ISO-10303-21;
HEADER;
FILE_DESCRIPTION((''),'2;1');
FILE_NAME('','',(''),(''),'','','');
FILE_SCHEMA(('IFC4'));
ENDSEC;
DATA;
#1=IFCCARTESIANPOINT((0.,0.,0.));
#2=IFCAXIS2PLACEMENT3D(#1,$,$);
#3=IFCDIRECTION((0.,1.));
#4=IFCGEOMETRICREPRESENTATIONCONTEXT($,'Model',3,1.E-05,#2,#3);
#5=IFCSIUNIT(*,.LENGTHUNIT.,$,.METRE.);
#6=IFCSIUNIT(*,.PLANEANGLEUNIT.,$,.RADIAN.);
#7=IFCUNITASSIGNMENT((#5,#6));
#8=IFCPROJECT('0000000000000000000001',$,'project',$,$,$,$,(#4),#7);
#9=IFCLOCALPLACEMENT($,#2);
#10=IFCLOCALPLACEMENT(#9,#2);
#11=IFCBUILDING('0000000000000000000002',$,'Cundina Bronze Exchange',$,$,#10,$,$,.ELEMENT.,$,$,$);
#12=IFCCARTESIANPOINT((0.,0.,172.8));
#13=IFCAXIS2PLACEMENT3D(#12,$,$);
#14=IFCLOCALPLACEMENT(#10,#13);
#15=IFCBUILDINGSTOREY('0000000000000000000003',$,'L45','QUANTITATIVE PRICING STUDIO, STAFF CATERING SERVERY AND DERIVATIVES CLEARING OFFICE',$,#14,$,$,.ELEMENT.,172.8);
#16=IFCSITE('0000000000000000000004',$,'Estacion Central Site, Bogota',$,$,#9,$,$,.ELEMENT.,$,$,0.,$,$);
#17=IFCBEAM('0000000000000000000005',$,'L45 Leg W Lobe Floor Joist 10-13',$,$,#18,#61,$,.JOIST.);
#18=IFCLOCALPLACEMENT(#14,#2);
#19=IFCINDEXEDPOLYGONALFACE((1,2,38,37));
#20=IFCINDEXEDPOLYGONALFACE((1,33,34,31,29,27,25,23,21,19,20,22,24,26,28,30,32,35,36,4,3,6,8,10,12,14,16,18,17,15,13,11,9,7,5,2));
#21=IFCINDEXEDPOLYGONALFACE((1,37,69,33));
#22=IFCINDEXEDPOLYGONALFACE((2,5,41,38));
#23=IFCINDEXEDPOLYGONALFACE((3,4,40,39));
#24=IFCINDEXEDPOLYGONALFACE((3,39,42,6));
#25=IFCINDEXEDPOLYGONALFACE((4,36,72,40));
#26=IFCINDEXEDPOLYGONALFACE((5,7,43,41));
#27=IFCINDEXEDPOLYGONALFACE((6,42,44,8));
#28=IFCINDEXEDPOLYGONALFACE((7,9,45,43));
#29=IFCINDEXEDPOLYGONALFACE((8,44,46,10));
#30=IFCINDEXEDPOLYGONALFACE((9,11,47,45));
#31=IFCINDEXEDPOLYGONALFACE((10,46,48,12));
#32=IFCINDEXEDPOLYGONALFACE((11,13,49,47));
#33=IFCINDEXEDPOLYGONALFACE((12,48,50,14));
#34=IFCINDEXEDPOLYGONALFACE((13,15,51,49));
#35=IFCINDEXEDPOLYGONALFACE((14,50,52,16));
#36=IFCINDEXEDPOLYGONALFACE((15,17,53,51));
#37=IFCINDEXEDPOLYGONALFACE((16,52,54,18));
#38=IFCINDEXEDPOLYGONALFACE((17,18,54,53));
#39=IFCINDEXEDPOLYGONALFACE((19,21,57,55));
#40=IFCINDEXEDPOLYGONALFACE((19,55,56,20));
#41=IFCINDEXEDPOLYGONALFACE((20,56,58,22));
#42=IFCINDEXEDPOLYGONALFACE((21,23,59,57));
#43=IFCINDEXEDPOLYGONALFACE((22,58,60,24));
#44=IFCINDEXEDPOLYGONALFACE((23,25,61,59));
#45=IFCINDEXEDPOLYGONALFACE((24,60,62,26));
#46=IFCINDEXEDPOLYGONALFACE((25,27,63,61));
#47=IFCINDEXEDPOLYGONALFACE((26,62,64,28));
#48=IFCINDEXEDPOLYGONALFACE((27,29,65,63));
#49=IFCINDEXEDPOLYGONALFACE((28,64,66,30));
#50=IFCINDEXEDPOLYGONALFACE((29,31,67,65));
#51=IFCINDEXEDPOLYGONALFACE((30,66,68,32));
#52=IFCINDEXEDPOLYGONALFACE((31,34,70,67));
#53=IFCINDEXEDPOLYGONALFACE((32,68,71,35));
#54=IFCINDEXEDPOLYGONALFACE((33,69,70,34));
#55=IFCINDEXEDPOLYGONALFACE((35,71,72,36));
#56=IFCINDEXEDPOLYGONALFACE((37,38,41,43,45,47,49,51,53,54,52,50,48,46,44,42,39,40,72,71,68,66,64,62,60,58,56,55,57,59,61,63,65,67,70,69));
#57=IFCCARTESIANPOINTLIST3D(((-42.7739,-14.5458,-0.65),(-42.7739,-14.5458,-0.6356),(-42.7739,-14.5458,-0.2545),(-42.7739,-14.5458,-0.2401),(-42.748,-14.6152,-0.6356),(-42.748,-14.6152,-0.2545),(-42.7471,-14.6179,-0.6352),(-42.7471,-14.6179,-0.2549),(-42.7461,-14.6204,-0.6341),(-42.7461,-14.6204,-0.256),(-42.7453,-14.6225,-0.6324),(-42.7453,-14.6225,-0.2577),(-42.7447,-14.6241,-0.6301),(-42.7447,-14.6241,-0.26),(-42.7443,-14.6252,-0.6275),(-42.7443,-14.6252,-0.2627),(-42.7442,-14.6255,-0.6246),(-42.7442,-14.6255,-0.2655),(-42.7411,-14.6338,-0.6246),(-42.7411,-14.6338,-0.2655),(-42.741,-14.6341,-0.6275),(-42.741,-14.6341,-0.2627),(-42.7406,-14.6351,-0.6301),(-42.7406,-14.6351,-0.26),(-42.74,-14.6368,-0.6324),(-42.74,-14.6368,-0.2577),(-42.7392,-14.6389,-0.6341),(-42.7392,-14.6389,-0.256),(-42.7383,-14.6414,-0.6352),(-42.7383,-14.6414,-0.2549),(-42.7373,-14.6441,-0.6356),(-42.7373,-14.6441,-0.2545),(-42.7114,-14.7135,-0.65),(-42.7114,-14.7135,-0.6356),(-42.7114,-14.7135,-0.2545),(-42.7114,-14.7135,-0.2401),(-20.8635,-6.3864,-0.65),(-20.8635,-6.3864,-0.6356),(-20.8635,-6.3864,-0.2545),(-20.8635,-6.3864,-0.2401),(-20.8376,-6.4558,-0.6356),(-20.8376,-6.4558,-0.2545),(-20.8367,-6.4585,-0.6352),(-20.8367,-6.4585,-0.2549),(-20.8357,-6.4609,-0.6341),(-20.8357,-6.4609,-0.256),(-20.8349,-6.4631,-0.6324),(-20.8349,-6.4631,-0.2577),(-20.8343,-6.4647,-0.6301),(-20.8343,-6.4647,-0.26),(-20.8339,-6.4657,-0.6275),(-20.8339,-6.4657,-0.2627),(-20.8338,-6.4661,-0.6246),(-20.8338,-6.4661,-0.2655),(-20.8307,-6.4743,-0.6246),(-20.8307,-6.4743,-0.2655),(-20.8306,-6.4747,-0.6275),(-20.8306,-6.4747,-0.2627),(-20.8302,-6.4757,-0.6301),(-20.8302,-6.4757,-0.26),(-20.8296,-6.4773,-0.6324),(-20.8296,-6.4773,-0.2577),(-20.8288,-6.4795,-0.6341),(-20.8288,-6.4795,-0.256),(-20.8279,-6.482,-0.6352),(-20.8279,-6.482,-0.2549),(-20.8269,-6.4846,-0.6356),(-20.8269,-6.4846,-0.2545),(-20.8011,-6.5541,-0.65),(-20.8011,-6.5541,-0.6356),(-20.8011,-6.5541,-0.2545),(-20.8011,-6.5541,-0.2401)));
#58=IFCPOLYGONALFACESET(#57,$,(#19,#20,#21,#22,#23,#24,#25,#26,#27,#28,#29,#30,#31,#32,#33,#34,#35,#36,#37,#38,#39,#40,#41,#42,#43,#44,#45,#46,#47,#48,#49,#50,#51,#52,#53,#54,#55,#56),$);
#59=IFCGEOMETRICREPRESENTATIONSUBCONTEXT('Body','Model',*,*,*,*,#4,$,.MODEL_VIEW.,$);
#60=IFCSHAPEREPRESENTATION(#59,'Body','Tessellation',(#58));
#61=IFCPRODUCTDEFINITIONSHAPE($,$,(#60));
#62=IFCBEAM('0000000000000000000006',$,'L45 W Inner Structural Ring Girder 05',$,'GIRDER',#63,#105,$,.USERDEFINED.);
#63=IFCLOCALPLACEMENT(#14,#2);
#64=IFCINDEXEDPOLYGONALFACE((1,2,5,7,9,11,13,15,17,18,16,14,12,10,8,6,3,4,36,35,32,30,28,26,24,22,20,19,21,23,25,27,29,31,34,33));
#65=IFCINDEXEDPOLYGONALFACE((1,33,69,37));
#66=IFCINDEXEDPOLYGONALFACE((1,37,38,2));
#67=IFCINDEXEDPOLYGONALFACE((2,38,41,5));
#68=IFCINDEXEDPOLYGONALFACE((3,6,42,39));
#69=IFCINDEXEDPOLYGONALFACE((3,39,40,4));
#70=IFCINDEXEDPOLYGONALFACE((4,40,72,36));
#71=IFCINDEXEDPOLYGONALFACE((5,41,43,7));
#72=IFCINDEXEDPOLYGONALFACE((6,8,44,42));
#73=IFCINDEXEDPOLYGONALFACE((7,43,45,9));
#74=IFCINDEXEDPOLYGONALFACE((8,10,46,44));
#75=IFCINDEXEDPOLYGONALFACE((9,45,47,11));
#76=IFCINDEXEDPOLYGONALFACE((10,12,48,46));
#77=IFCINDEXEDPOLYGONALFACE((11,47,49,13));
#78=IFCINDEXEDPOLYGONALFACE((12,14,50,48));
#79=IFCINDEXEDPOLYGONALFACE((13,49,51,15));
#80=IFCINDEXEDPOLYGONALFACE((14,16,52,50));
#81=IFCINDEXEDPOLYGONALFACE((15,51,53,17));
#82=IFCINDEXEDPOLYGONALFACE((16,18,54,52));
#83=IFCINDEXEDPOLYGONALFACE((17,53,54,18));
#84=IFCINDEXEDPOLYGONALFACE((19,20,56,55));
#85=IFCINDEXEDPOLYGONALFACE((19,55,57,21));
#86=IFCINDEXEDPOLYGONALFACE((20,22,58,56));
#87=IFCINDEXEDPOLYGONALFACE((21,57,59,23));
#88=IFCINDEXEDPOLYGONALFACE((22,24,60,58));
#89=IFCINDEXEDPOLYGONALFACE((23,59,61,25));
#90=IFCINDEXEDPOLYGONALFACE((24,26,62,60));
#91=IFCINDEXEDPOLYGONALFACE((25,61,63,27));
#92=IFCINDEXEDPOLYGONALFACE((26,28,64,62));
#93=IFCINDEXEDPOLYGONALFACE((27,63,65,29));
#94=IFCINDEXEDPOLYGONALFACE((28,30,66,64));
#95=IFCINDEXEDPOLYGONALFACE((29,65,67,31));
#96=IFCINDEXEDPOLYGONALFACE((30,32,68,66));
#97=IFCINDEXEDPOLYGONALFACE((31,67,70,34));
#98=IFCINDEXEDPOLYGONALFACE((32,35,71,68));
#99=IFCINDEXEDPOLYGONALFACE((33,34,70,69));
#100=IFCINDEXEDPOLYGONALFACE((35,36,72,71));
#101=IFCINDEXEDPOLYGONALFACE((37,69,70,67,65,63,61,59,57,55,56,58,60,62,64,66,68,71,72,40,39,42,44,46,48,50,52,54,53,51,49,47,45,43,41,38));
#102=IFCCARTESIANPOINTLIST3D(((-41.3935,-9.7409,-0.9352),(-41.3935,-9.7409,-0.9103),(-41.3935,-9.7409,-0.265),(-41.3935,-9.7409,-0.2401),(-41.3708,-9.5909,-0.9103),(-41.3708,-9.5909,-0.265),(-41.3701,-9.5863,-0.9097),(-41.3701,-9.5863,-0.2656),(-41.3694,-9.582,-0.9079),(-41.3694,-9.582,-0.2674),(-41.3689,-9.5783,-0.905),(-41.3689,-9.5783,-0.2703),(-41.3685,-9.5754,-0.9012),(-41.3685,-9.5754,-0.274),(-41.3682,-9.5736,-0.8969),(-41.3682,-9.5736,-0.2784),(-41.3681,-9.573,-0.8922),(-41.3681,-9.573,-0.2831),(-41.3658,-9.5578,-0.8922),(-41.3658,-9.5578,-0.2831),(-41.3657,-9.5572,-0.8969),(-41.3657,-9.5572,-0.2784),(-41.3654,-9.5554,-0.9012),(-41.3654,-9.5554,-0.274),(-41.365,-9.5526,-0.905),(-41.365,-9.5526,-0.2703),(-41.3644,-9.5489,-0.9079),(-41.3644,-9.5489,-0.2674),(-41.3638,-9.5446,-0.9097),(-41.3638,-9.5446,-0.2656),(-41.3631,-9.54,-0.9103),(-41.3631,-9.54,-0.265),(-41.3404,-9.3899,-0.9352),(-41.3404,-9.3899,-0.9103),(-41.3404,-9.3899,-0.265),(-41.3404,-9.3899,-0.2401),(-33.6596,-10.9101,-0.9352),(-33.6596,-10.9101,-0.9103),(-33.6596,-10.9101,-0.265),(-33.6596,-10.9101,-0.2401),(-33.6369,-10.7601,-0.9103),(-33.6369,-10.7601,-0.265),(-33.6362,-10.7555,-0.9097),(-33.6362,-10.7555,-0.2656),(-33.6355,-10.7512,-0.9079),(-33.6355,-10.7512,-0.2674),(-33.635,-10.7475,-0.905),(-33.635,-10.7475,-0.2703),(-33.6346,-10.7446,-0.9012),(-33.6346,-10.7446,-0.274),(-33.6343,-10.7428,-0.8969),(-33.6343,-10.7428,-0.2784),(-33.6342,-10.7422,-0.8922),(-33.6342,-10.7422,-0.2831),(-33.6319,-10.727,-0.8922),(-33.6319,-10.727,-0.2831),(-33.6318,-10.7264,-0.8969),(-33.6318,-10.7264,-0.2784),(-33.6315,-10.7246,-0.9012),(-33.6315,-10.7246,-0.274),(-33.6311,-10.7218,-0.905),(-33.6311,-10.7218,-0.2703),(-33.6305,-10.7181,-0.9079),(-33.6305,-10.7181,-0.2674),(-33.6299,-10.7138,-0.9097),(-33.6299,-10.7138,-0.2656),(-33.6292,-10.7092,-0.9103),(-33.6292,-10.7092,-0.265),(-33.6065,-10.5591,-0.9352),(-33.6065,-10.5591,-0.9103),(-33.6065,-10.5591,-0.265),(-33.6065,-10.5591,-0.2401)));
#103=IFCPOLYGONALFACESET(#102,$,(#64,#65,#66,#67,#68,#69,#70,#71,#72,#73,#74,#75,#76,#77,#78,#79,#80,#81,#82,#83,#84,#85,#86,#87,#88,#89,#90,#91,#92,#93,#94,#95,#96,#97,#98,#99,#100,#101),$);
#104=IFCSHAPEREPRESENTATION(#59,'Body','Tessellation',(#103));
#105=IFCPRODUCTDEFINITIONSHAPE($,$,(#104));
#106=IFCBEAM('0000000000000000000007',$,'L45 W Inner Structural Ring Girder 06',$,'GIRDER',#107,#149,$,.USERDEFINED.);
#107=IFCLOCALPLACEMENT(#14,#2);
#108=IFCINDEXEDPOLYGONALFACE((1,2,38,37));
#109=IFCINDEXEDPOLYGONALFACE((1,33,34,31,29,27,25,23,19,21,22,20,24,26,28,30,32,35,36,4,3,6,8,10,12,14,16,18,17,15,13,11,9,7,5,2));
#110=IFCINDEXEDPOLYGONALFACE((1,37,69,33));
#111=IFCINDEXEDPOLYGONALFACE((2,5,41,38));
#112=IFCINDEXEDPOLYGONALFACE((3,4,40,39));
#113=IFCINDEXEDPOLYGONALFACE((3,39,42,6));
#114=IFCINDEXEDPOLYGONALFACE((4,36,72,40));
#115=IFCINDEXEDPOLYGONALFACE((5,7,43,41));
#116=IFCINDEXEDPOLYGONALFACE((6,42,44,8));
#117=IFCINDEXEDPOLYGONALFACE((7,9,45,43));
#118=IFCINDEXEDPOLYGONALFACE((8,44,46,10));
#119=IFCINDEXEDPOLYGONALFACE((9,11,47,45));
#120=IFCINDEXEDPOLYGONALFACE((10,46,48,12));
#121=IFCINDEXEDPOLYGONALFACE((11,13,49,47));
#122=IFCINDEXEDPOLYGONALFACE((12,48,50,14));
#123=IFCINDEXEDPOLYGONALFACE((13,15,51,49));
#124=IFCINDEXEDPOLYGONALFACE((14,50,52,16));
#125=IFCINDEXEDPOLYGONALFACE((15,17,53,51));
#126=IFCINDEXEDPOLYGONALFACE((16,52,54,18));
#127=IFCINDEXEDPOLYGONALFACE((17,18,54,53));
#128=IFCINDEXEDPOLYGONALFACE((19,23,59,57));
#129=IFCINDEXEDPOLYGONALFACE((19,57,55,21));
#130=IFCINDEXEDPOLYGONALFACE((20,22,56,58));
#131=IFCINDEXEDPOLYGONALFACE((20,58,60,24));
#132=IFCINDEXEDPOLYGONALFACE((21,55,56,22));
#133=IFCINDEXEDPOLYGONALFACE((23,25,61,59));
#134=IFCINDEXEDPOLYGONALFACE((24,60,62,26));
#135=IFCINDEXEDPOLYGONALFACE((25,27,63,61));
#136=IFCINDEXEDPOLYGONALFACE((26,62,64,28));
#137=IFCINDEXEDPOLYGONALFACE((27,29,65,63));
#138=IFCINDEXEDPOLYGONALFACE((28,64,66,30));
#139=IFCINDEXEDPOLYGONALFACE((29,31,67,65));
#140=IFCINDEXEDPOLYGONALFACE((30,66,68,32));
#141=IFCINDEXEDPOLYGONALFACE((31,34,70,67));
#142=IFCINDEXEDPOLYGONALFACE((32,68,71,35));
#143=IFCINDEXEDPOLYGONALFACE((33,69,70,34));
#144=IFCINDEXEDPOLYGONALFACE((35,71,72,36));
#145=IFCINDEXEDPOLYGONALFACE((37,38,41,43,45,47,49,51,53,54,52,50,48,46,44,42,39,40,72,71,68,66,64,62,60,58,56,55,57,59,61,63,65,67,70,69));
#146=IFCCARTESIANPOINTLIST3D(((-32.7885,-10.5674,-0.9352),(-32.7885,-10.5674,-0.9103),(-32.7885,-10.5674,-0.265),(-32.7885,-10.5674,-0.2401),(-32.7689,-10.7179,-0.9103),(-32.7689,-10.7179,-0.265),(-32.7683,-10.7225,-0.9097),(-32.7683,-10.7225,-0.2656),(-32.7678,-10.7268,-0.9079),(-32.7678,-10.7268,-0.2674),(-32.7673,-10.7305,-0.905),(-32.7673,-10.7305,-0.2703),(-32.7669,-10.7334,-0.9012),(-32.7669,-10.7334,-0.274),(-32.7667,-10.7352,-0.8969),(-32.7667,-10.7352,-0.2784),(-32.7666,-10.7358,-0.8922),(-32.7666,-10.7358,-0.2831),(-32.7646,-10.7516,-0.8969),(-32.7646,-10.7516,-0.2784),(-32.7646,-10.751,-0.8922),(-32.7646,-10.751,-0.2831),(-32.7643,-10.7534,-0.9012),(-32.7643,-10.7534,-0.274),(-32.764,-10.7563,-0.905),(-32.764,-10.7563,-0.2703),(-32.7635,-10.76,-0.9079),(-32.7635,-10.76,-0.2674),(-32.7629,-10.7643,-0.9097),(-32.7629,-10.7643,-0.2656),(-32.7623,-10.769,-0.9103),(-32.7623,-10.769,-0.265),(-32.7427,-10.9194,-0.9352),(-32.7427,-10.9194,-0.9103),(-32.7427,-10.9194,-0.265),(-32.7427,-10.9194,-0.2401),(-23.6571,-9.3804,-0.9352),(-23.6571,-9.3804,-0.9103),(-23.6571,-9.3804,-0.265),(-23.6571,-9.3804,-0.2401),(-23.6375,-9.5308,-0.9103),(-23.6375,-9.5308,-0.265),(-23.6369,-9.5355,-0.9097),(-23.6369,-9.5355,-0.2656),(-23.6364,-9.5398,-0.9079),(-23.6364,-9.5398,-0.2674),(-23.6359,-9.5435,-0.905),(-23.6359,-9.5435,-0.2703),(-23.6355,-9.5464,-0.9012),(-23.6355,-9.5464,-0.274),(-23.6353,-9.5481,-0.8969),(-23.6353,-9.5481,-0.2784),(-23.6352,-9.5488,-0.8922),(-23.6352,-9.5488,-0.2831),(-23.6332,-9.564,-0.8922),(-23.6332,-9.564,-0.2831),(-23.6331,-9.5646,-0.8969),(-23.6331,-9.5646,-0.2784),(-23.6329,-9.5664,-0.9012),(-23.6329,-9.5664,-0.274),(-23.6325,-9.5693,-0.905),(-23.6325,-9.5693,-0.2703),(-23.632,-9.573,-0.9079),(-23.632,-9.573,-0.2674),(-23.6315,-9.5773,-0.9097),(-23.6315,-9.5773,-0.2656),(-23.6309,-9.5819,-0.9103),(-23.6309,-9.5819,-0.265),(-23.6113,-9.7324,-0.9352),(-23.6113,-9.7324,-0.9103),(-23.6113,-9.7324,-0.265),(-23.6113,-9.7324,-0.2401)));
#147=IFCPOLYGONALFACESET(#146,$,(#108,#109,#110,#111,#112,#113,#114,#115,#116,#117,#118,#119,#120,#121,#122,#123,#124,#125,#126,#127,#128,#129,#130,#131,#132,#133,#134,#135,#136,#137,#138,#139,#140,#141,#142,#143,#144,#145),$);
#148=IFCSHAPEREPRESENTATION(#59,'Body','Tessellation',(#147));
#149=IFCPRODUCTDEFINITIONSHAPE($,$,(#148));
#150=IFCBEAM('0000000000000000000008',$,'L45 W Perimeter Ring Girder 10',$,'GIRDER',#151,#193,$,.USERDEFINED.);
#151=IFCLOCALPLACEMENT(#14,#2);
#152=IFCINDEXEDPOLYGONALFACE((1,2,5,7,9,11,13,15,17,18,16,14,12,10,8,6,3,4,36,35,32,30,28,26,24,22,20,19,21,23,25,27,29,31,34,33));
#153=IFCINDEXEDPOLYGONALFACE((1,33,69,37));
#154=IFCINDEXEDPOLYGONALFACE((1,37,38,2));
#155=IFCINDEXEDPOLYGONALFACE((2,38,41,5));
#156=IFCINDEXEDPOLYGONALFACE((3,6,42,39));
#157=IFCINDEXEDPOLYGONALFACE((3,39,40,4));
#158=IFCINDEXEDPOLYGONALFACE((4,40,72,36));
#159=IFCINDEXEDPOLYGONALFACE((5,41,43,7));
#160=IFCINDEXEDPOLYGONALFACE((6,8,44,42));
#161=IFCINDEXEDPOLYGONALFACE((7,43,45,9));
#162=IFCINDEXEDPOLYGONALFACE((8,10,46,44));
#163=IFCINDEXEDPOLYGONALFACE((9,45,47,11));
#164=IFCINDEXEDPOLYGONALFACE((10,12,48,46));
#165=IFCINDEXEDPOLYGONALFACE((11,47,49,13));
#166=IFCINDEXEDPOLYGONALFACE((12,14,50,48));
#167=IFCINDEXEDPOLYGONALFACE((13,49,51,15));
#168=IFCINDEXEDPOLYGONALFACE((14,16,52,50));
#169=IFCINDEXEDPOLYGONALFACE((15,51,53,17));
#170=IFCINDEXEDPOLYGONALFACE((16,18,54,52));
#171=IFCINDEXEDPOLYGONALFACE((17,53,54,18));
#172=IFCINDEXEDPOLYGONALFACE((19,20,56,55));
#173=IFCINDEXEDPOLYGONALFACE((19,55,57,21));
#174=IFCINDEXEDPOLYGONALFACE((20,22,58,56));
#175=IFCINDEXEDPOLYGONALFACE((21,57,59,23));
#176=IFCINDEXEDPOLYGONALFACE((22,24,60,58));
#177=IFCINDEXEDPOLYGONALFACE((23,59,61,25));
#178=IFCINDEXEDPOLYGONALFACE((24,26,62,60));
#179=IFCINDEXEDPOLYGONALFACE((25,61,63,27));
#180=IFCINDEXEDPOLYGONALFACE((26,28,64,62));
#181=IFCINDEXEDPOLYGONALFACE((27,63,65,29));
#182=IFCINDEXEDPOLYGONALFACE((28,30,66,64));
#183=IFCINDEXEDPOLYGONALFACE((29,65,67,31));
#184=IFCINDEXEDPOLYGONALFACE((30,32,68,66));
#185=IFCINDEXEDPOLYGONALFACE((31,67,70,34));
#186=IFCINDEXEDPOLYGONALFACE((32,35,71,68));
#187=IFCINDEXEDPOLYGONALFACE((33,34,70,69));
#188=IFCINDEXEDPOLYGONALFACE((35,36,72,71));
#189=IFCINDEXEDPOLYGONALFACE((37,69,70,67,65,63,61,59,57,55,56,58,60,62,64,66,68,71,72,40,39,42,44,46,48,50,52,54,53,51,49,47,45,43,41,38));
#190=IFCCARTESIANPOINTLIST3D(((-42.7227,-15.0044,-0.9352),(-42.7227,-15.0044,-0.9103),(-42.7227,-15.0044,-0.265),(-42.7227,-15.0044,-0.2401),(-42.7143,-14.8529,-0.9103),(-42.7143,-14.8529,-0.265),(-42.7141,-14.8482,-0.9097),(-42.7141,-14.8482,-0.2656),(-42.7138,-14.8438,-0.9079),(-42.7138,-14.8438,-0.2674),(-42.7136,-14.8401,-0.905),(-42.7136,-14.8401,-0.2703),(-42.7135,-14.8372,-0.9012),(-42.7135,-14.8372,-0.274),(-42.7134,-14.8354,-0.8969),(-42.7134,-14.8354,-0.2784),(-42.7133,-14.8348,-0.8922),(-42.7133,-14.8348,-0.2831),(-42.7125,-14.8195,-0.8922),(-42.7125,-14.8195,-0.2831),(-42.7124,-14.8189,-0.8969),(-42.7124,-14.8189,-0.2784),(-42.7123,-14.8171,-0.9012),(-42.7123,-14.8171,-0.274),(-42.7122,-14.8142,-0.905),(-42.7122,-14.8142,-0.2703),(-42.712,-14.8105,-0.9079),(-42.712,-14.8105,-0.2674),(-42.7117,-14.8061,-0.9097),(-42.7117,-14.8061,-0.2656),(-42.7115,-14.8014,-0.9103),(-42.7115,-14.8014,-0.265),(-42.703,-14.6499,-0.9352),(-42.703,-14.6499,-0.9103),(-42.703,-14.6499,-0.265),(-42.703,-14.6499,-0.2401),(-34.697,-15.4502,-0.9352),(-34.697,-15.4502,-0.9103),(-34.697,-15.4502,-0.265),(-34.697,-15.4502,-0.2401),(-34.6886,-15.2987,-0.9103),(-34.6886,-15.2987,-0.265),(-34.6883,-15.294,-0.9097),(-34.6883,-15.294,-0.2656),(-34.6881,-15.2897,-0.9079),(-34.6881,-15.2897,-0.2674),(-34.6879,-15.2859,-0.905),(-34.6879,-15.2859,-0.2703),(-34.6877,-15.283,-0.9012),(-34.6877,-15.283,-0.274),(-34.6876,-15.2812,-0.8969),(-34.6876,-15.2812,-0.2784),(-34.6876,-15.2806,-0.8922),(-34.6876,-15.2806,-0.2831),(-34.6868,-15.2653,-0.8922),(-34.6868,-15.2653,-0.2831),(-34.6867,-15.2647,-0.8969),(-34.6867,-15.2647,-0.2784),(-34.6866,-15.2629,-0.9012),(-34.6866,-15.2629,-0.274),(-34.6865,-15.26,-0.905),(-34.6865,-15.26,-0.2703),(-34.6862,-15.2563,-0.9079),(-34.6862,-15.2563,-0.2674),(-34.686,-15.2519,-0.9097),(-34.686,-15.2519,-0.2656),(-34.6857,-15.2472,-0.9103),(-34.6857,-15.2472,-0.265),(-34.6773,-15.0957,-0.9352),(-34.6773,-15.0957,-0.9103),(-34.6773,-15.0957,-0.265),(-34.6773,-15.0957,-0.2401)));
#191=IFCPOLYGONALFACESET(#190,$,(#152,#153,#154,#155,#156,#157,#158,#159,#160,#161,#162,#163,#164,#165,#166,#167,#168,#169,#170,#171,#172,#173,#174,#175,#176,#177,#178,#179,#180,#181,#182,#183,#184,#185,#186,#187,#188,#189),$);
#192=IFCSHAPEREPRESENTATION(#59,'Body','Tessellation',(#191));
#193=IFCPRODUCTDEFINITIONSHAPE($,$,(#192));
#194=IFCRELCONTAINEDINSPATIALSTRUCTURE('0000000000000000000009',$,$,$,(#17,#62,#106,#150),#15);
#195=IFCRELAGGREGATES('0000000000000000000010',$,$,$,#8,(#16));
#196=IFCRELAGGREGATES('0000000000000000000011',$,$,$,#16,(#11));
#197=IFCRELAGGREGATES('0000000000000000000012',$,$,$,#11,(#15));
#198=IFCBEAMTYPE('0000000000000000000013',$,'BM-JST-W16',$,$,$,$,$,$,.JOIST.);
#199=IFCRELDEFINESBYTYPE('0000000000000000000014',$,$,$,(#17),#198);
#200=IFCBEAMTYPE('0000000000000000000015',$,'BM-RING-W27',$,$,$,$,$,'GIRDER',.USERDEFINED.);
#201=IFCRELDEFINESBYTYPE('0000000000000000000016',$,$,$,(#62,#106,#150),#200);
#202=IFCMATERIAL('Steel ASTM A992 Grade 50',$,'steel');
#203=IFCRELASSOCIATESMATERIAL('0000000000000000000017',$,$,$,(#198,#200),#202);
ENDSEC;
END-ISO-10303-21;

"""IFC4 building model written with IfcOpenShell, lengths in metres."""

from ifc_helpers import new_model, si_unit, direction, frame, origin, origin_2d, place, context, subcontext, project, spatial, i_section, extrude, material, material_profile, profile_set, type_object, element, save


model = new_model("IFC4")

# Units and contexts
model_context = context("Model", 3, precision=1e-05, world=origin(), true_north=direction((0.0, 1.0)))
body_context = subcontext(model_context, "Body", "Model", "MODEL_VIEW")
ifc_project = project(units=[si_unit("LENGTHUNIT", "METRE"), si_unit("PLANEANGLEUNIT", "RADIAN")], contexts=[model_context])

# Site, building, storey
site_placement = place(None, origin())
site = spatial("IfcSite", under=ifc_project, at=site_placement, Name="Estacion Central Site, Bogota", CompositionType="ELEMENT", RefElevation=0.0)
building_placement = place(site_placement, origin())
building = spatial("IfcBuilding", under=site, at=building_placement, Name="Cundina Bronze Exchange", CompositionType="ELEMENT")
storey_placement = place(building_placement, frame((0.0, 0.0, 172.8)))
storey = spatial("IfcBuildingStorey", under=building, at=storey_placement, Name="L45", Description="QUANTITATIVE PRICING STUDIO, STAFF CATERING SERVERY AND DERIVATIVES CLEARING OFFICE", CompositionType="ELEMENT", Elevation=172.8)

# Beams
ifc_material_1 = material(Name="Steel ASTM A992 Grade 50", Category="steel")
ifc_material_profile_1 = material_profile(ifc_material_1, i_section(OverallWidth=0.179, OverallDepth=0.4099, WebThickness=0.0088, FlangeThickness=0.0144, FilletRadius=0.011, at=origin_2d()), Name="W16X45", Category="steel")
ifc_profile_set_1 = profile_set([ifc_material_profile_1], Name="Steel ASTM A992 Grade 50")
beam_type_1 = type_object("IfcBeamType", Name="BM-JST-W16", PredefinedType="JOIST", material=ifc_profile_set_1)
beam_1_placement = place(storey_placement, frame((-42.7427, -14.6296, -0.4451), z_axis=(0.937128, 0.348986, 0.0), x_axis=(-0.348986, 0.937128, 0.0)))
element("IfcBeam", 1, at=beam_1_placement, inside=storey, type_object=beam_type_1, Name="L45 Leg W Lobe Floor Joist 10-13", PredefinedType="JOIST", context=body_context, shape_type="SweptSolid", body=[
    extrude(i_section(OverallWidth=0.179, OverallDepth=0.4099, WebThickness=0.0088, FlangeThickness=0.0144, FilletRadius=0.011, at=origin_2d()), origin(), (0.0, 0.0, 1.0), 23.3804),
])
ifc_material_profile_2 = material_profile(ifc_material_1, i_section(OverallWidth=0.355, OverallDepth=0.6951, WebThickness=0.0154, FlangeThickness=0.0249, FilletRadius=0.0181, at=origin_2d()), Name="W27X146", Category="steel")
ifc_profile_set_2 = profile_set([ifc_material_profile_2], Name="Steel ASTM A992 Grade 50")
beam_type_2 = type_object("IfcBeamType", Name="BM-RING-W27", ElementType="GIRDER", PredefinedType="USERDEFINED", material=ifc_profile_set_2)
beam_2_placement = place(storey_placement, frame((-41.3669, -9.5654, -0.5876), z_axis=(0.988765, -0.149479, 0.0), x_axis=(0.149479, 0.988765, 0.0)))
element("IfcBeam", 2, at=beam_2_placement, inside=storey, type_object=beam_type_2, Name="L45 W Inner Structural Ring Girder 05", ObjectType="GIRDER", PredefinedType="USERDEFINED", context=body_context, shape_type="SweptSolid", body=[
    extrude(i_section(OverallWidth=0.355, OverallDepth=0.6951, WebThickness=0.0154, FlangeThickness=0.0249, FilletRadius=0.0181, at=origin_2d()), origin(), (0.0, 0.0, 1.0), 7.8218),
])
beam_3_placement = place(storey_placement, frame((-32.7656, -10.7434, -0.5876), z_axis=(0.991656, 0.128908, 0.0), x_axis=(-0.128908, 0.991656, 0.0)))
element("IfcBeam", 3, at=beam_3_placement, inside=storey, type_object=beam_type_2, Name="L45 W Inner Structural Ring Girder 06", ObjectType="GIRDER", PredefinedType="USERDEFINED", context=body_context, shape_type="SweptSolid", body=[
    extrude(i_section(OverallWidth=0.355, OverallDepth=0.6951, WebThickness=0.0154, FlangeThickness=0.0249, FilletRadius=0.0181, at=origin_2d()), origin(), (0.0, 0.0, 1.0), 9.2083),
])
for number, where, z_axis, x_axis, name in (
    (4, (-42.7129, -14.8271, -0.5876), (0.998461, -0.055462, 0.0), (0.055462, 0.998461, 0.0), "L45 W Perimeter Ring Girder 10"),
):
    element("IfcBeam", number, at=place(storey_placement, frame(where, z_axis=z_axis, x_axis=x_axis)), inside=storey, type_object=beam_type_2, Name=name, ObjectType="GIRDER", PredefinedType="USERDEFINED", context=body_context, shape_type="SweptSolid", body=[
        extrude(i_section(OverallWidth=0.355, OverallDepth=0.6951, WebThickness=0.0154, FlangeThickness=0.0249, FilletRadius=0.0181, at=origin_2d()), origin(), (0.0, 0.0, 1.0), 8.0381),
    ])

save(model, "model.ifc")
